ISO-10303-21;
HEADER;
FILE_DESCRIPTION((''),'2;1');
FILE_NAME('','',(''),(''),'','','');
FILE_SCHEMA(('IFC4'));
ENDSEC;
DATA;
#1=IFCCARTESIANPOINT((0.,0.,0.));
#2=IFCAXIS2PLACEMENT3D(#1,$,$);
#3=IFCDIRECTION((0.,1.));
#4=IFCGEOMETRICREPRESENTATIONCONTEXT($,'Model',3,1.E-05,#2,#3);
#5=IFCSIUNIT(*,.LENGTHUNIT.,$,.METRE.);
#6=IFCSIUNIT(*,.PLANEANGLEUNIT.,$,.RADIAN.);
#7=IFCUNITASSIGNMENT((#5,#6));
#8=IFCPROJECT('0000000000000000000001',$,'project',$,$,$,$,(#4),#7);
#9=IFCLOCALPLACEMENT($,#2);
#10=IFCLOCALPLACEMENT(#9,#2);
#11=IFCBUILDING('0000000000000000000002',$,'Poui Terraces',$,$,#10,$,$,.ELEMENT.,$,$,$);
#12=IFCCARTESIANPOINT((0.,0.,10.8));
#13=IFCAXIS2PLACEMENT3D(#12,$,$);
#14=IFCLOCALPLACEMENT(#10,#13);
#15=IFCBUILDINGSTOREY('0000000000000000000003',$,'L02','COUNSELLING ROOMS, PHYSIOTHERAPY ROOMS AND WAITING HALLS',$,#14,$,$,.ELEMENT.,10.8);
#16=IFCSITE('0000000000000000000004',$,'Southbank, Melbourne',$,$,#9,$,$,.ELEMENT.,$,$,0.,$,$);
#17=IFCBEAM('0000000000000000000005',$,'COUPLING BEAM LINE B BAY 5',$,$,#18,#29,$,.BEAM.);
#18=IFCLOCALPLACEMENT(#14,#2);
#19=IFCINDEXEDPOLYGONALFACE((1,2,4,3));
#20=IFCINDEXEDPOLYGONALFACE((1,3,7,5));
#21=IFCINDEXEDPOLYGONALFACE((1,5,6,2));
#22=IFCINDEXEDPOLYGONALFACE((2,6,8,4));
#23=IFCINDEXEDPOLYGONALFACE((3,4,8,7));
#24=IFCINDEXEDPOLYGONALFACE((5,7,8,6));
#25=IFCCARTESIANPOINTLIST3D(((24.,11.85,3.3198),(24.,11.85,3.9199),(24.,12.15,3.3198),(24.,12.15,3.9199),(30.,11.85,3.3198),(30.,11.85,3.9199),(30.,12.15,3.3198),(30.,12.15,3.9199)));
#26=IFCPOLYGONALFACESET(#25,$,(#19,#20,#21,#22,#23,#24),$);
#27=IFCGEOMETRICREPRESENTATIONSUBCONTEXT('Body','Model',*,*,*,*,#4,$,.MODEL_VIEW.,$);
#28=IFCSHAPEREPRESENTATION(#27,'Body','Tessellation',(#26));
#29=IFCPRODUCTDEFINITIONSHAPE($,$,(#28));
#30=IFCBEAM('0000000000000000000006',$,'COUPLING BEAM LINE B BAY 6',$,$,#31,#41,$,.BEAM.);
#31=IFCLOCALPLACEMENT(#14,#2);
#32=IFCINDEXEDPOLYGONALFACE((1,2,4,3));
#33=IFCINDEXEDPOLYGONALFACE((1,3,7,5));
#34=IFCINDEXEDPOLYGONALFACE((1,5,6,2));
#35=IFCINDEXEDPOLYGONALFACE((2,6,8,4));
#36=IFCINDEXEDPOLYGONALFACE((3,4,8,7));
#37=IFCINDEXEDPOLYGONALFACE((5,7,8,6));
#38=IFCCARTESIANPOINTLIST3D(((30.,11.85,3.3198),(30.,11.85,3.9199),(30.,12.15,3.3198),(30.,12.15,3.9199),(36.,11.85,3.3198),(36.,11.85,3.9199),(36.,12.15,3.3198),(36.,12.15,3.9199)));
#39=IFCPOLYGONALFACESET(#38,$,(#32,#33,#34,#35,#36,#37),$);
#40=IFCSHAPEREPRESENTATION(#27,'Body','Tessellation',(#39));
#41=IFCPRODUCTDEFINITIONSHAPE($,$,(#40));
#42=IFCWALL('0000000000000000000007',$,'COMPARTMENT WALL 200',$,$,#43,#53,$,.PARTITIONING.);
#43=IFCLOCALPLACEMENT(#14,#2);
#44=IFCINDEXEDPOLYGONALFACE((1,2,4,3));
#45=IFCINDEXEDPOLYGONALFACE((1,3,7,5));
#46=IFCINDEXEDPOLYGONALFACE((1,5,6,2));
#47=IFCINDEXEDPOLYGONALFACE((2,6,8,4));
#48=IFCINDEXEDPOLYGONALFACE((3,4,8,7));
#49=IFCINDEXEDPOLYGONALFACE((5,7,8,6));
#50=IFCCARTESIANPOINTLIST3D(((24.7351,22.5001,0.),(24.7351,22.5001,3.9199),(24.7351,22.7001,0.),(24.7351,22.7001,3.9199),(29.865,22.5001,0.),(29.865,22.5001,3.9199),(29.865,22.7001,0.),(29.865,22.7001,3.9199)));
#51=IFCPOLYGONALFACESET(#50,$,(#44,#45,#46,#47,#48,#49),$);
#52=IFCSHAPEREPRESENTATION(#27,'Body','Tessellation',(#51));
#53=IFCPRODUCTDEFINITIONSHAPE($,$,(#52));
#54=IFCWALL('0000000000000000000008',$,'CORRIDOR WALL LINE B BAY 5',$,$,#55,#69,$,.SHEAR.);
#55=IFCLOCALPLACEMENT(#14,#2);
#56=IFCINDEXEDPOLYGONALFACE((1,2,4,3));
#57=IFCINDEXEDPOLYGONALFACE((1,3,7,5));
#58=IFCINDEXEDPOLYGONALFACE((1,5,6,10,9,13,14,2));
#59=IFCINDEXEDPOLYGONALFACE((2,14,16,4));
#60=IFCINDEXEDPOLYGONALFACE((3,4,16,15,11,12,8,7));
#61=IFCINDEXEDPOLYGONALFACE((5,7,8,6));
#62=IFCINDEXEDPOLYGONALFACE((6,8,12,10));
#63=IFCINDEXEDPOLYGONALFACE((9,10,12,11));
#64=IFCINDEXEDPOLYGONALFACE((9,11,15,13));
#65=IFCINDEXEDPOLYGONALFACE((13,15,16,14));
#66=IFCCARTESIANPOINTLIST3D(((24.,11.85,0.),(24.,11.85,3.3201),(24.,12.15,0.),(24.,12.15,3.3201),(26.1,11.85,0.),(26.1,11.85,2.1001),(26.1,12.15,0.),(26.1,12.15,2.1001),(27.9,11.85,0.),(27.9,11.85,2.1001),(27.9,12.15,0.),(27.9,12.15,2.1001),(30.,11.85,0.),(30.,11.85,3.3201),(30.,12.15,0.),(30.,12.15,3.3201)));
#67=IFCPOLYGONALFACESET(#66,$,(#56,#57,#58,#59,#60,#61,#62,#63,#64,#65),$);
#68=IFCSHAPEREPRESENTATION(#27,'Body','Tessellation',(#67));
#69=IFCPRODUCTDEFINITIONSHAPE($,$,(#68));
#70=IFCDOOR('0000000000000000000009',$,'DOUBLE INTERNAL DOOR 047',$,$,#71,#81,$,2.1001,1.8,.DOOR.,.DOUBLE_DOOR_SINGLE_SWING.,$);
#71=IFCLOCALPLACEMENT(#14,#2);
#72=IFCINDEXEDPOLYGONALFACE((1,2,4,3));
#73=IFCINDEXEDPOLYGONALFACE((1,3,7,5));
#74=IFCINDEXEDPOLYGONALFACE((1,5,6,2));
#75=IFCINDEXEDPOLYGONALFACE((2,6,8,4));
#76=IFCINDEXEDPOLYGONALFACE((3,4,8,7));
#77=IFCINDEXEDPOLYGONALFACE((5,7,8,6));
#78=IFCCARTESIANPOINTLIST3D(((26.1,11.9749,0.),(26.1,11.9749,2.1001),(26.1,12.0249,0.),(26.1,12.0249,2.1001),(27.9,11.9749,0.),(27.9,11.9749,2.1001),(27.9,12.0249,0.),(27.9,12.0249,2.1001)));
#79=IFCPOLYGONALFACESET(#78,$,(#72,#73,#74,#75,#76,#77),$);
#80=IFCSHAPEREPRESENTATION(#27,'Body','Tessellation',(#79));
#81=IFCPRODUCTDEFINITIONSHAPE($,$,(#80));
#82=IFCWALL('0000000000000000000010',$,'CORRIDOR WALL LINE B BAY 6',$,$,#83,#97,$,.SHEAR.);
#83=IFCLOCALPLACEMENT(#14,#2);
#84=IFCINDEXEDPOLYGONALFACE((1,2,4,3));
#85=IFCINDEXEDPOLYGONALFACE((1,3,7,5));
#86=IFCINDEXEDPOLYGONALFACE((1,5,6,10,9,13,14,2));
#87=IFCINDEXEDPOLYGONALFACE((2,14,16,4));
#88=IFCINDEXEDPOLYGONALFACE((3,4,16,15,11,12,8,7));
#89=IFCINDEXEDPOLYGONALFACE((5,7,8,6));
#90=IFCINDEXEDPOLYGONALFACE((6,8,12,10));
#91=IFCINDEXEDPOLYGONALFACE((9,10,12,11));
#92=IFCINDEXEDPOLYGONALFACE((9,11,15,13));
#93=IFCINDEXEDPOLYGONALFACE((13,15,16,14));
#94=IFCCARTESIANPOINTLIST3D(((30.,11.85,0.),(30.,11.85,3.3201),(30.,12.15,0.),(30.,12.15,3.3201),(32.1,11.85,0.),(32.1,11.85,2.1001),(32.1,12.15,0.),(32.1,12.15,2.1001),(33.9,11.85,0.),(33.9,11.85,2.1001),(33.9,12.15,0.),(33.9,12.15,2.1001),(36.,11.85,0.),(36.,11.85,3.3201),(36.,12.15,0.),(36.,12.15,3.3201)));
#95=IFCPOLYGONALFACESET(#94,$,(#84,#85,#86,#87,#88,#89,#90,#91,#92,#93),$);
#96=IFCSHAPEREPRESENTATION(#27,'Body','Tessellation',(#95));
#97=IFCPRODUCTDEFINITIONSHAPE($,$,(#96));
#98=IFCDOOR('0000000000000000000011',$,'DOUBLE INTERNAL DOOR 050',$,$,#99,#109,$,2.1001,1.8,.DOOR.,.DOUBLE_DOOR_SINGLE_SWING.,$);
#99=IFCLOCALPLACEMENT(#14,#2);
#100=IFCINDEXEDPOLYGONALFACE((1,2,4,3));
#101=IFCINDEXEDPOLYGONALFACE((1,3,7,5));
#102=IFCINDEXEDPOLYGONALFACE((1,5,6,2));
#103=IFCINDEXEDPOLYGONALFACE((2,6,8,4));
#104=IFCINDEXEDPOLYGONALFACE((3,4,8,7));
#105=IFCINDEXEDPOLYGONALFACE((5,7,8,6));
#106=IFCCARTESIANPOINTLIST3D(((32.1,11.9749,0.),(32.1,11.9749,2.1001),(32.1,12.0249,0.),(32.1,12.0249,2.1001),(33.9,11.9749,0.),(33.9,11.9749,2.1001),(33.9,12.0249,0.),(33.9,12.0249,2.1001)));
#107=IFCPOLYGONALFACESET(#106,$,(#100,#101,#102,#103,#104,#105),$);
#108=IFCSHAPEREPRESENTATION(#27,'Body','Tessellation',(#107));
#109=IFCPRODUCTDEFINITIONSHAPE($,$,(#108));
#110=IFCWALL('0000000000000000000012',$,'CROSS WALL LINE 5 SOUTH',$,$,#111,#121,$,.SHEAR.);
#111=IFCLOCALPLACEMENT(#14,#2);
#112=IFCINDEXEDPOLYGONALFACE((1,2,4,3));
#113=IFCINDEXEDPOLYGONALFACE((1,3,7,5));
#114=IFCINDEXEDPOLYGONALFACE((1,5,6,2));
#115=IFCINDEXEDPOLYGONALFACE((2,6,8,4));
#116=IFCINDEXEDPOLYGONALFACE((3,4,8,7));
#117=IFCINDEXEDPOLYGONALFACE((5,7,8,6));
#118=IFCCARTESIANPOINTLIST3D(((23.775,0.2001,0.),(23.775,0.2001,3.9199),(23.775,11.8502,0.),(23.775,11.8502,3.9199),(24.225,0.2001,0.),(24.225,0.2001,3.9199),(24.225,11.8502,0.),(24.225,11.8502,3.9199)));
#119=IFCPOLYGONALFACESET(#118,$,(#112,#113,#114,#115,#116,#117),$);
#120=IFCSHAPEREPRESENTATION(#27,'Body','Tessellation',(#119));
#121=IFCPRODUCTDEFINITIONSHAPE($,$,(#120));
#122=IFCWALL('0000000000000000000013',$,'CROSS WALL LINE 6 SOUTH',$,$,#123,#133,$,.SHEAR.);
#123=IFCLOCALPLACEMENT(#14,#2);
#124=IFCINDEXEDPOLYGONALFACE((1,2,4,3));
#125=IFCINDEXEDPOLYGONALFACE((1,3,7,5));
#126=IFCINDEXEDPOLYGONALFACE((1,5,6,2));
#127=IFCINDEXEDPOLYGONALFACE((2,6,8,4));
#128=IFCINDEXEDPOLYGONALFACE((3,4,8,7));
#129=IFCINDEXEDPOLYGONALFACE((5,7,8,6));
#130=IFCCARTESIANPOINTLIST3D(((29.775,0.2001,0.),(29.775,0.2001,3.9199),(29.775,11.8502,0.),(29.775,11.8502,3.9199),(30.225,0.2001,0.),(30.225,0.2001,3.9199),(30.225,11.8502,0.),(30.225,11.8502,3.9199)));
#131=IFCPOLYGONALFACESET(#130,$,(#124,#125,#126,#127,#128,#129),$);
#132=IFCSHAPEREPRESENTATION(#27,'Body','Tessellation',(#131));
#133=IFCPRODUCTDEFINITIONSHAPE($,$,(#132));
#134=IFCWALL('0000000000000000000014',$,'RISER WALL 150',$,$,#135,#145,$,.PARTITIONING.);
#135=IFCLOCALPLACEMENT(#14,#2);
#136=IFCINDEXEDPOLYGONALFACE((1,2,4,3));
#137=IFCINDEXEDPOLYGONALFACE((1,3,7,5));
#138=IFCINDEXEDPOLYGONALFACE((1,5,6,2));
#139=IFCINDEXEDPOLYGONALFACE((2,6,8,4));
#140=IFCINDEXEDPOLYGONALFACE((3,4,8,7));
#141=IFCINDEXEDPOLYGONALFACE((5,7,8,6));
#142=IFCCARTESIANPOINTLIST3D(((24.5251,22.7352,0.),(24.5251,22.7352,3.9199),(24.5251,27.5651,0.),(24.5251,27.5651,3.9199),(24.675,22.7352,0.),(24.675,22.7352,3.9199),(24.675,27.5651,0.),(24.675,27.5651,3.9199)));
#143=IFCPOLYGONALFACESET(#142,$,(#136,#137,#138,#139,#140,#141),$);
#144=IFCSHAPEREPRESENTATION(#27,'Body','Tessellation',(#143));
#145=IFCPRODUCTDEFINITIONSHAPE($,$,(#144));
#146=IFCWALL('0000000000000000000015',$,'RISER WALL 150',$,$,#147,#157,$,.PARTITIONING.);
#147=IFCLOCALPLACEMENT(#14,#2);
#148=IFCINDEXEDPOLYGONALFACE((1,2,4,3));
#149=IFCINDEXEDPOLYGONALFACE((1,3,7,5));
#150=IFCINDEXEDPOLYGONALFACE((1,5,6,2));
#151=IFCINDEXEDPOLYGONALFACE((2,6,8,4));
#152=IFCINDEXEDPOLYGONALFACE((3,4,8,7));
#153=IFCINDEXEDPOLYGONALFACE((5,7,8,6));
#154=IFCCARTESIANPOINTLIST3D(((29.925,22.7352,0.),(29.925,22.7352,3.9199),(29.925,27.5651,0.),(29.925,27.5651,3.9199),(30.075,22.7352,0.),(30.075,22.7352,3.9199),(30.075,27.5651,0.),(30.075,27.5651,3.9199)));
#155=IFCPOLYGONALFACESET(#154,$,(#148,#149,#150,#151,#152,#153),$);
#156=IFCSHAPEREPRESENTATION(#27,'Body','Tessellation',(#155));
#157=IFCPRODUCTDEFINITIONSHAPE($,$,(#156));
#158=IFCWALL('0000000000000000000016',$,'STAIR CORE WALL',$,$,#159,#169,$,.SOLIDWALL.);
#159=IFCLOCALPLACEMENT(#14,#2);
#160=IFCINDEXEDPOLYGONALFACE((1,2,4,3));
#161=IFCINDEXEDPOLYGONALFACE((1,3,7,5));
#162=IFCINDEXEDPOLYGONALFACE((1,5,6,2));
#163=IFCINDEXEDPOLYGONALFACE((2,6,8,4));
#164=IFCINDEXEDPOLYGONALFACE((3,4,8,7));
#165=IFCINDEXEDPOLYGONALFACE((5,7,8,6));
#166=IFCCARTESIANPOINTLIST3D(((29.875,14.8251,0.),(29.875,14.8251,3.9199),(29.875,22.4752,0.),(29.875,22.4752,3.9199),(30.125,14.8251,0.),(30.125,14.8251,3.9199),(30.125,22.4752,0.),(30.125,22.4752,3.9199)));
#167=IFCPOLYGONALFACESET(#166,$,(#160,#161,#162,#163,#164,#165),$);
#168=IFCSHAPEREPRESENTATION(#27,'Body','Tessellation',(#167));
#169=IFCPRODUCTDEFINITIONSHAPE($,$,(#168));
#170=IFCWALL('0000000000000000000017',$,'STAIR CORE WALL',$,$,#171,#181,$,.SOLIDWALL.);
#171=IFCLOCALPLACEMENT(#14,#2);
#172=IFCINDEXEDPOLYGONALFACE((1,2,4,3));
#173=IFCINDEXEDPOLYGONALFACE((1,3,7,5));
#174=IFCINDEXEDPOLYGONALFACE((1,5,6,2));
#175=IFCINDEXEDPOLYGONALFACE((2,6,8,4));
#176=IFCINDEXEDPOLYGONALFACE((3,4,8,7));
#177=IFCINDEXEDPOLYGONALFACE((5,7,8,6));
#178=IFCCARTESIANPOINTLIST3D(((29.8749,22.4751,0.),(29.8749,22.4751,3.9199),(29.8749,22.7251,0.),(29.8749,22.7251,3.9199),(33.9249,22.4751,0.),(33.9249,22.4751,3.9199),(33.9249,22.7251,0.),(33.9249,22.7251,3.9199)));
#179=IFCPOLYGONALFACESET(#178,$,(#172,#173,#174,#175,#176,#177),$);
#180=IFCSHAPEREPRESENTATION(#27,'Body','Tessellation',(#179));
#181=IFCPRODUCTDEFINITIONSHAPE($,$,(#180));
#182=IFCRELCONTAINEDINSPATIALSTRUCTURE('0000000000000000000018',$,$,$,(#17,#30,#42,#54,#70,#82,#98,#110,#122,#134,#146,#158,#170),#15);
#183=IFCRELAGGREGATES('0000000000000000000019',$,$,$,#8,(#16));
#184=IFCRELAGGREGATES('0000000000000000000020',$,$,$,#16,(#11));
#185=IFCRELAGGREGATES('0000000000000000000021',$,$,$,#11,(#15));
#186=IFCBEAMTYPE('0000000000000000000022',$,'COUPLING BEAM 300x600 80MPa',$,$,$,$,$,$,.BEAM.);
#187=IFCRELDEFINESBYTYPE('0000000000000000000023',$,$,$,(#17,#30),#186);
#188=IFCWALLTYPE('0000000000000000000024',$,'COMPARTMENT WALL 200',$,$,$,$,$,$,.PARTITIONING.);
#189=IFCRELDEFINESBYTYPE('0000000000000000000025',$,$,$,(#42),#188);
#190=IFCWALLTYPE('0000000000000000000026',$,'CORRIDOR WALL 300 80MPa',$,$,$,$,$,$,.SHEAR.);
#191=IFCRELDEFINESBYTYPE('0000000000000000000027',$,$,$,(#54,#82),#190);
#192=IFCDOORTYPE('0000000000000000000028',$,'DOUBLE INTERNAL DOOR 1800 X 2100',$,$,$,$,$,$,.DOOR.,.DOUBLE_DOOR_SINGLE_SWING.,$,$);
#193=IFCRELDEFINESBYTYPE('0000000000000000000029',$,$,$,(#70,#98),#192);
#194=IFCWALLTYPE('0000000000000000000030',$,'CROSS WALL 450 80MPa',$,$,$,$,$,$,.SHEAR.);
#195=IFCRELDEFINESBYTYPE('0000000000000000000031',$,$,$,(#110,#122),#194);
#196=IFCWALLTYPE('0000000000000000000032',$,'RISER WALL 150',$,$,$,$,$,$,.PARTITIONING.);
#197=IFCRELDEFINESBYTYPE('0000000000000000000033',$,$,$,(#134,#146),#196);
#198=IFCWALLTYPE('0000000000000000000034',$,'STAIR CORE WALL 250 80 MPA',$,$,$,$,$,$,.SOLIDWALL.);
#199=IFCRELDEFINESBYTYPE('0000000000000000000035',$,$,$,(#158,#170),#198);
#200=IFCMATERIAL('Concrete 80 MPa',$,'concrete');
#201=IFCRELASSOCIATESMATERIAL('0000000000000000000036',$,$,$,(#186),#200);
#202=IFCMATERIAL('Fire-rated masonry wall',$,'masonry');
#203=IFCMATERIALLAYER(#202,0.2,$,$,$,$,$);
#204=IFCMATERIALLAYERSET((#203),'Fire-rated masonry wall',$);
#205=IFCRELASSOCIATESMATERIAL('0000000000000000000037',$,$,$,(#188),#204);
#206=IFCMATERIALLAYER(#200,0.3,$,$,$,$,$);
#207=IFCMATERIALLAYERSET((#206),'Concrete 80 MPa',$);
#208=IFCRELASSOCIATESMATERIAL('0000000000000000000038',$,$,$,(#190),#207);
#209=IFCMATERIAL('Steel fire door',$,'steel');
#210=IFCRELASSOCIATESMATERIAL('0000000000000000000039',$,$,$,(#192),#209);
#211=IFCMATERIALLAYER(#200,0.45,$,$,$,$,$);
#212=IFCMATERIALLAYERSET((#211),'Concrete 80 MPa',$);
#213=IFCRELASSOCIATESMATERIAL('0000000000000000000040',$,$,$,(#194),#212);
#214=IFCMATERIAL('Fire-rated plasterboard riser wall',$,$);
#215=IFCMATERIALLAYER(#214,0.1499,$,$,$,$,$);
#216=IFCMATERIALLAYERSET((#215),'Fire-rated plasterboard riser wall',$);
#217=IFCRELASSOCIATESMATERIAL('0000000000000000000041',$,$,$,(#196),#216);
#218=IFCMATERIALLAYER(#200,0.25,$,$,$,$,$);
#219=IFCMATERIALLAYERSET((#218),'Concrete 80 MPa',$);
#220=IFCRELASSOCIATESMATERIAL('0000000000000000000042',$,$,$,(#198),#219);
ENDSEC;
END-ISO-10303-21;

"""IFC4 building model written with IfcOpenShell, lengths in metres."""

from ifc_helpers import new_model, si_unit, direction, frame, frame_2d, origin, origin_2d, place, context, subcontext, project, spatial, rectangle, extrude, source, transform, mapped, material, layer, layer_set, material_profile, profile_set, type_object, element, fill, save


model = new_model("IFC4")

# Units and contexts
model_context = context("Model", 3, precision=1e-05, world=origin(), true_north=direction((0.0, 1.0)))
body_context = subcontext(model_context, "Body", "Model", "MODEL_VIEW")
ifc_project = project(units=[si_unit("LENGTHUNIT", "METRE"), si_unit("PLANEANGLEUNIT", "RADIAN")], contexts=[model_context])

# Site, building, storey
site_placement = place(None, origin())
site = spatial("IfcSite", under=ifc_project, at=site_placement, Name="Southbank, Melbourne", CompositionType="ELEMENT", RefElevation=0.0)
building_placement = place(site_placement, origin())
building = spatial("IfcBuilding", under=site, at=building_placement, Name="Poui Terraces", CompositionType="ELEMENT")
storey_placement = place(building_placement, frame((0.0, 0.0, 10.8)))
storey = spatial("IfcBuildingStorey", under=building, at=storey_placement, Name="L02", Description="COUNSELLING ROOMS, PHYSIOTHERAPY ROOMS AND WAITING HALLS", CompositionType="ELEMENT", Elevation=10.8)

# Beams
ifc_material_1 = material(Name="Concrete 80 MPa", Category="concrete")
ifc_material_profile = material_profile(ifc_material_1, rectangle(XDim=0.3, YDim=0.6001, at=origin_2d()), Name="RC 300x600")
ifc_profile_set = profile_set([ifc_material_profile], Name="Concrete 80 MPa")
beam_type = type_object("IfcBeamType", Name="COUPLING BEAM 300x600 80MPa", PredefinedType="BEAM", material=ifc_profile_set)
shared_shape = source(origin(), body_context, "Body", "SweptSolid", [
    extrude(rectangle(XDim=0.3, YDim=0.6001, at=origin_2d()), origin(), (0.0, 0.0, 1.0), 6.0),
])
for number, where, z_axis, x_axis, name in (
    (1, (24.0, 12.0, 3.6199), (1.0, 0.0, 0.0), (0.0, 1.0, 0.0), "COUPLING BEAM LINE B BAY 5"),
    (2, (30.0, 12.0, 3.6199), (1.0, 0.0, 0.0), (0.0, 1.0, 0.0), "COUPLING BEAM LINE B BAY 6"),
):
    element("IfcBeam", number, at=place(storey_placement, frame(where, z_axis=z_axis, x_axis=x_axis)), inside=storey, type_object=beam_type, Name=name, PredefinedType="BEAM", context=body_context, shape_type="MappedRepresentation", body=[
        mapped(shared_shape, transform((0.0, 0.0, 0.0))),
    ])

# Wall
ifc_material_2 = material(Name="Fire-rated masonry wall", Category="masonry")
ifc_layer_1 = layer(ifc_material_2, 0.2)
ifc_layer_set_1 = layer_set([ifc_layer_1], Name="Fire-rated masonry wall")
wall_type_1 = type_object("IfcWallType", Name="COMPARTMENT WALL 200", PredefinedType="PARTITIONING", material=ifc_layer_set_1)
wall_1_placement = place(storey_placement, frame((24.7351, 22.6001, 0.0), z_axis=(0.0, 0.0, 1.0), x_axis=(1.0, 0.0, 0.0)))
element("IfcWall", 3, at=wall_1_placement, inside=storey, type_object=wall_type_1, Name="COMPARTMENT WALL 200", PredefinedType="PARTITIONING", context=body_context, shape_type="SweptSolid", body=[
    extrude(rectangle(XDim=5.1299, YDim=0.2, at=frame_2d((2.5649, 0.0))), origin(), (0.0, 0.0, 1.0), 3.9199),
])

# Walls, openings, doors
ifc_layer_2 = layer(ifc_material_1, 0.3)
ifc_layer_set_2 = layer_set([ifc_layer_2], Name="Concrete 80 MPa")
wall_type_2 = type_object("IfcWallType", Name="CORRIDOR WALL 300 80MPa", PredefinedType="SHEAR", material=ifc_layer_set_2)
wall_2_placement = place(storey_placement, frame((24.0, 12.0, 0.0), z_axis=(0.0, 0.0, 1.0), x_axis=(1.0, 0.0, 0.0)))
wall_2 = element("IfcWall", 4, at=wall_2_placement, inside=storey, type_object=wall_type_2, Name="CORRIDOR WALL LINE B BAY 5", PredefinedType="SHEAR", context=body_context, shape_type="SweptSolid", body=[
    extrude(rectangle(XDim=6.0, YDim=0.3, at=frame_2d((3.0, 0.0))), origin(), (0.0, 0.0, 1.0), 3.3201),
])
opening_1_placement = place(wall_2_placement, frame((2.1001, 0.0, 0.0)))
opening_1 = element("IfcOpeningElement", 5, at=opening_1_placement, cuts=wall_2, PredefinedType="OPENING", context=body_context, shape_type="SweptSolid", body=[
    extrude(rectangle(XDim=1.8, YDim=2.1001, at=frame_2d((0.8999, 1.05))), frame((0.0, 0.1602, 0.0), z_axis=(0.0, -1.0, 0.0), x_axis=(1.0, 0.0, 0.0)), (0.0, 0.0, 1.0), 0.3201),
])
ifc_material_3 = material(Name="Steel fire door", Category="steel")
door_type = type_object("IfcDoorType", Name="DOUBLE INTERNAL DOOR 1800 X 2100", OperationType="DOUBLE_DOOR_SINGLE_SWING", PredefinedType="DOOR", material=ifc_material_3)
door_1_placement = place(opening_1_placement, origin())
door_1 = element("IfcDoor", 6, at=door_1_placement, inside=storey, type_object=door_type, Name="DOUBLE INTERNAL DOOR 047", OperationType="DOUBLE_DOOR_SINGLE_SWING", OverallHeight=2.1001, OverallWidth=1.8, PredefinedType="DOOR", context=body_context, shape_type="SweptSolid", body=[
    extrude(rectangle(XDim=1.8, YDim=2.1001, at=frame_2d((0.8999, 1.05))), frame((0.0, 0.0249, 0.0), z_axis=(0.0, -1.0, 0.0), x_axis=(1.0, 0.0, 0.0)), (0.0, 0.0, 1.0), 0.05),
])
fill(opening_1, door_1)
wall_3_placement = place(storey_placement, frame((30.0, 12.0, 0.0), z_axis=(0.0, 0.0, 1.0), x_axis=(1.0, 0.0, 0.0)))
wall_3 = element("IfcWall", 7, at=wall_3_placement, inside=storey, type_object=wall_type_2, Name="CORRIDOR WALL LINE B BAY 6", PredefinedType="SHEAR", context=body_context, shape_type="SweptSolid", body=[
    extrude(rectangle(XDim=6.0, YDim=0.3, at=frame_2d((3.0, 0.0))), origin(), (0.0, 0.0, 1.0), 3.3201),
])
opening_2_placement = place(wall_3_placement, frame((2.1001, 0.0, 0.0)))
opening_2 = element("IfcOpeningElement", 8, at=opening_2_placement, cuts=wall_3, PredefinedType="OPENING", context=body_context, shape_type="SweptSolid", body=[
    extrude(rectangle(XDim=1.8, YDim=2.1001, at=frame_2d((0.8999, 1.05))), frame((0.0, 0.1602, 0.0), z_axis=(0.0, -1.0, 0.0), x_axis=(1.0, 0.0, 0.0)), (0.0, 0.0, 1.0), 0.3201),
])
door_2_placement = place(opening_2_placement, origin())
door_2 = element("IfcDoor", 9, at=door_2_placement, inside=storey, type_object=door_type, Name="DOUBLE INTERNAL DOOR 050", OperationType="DOUBLE_DOOR_SINGLE_SWING", OverallHeight=2.1001, OverallWidth=1.8, PredefinedType="DOOR", context=body_context, shape_type="SweptSolid", body=[
    extrude(rectangle(XDim=1.8, YDim=2.1001, at=frame_2d((0.8999, 1.05))), frame((0.0, 0.0249, 0.0), z_axis=(0.0, -1.0, 0.0), x_axis=(1.0, 0.0, 0.0)), (0.0, 0.0, 1.0), 0.05),
])
fill(opening_2, door_2)

# Walls
ifc_layer_3 = layer(ifc_material_1, 0.45)
ifc_layer_set_3 = layer_set([ifc_layer_3], Name="Concrete 80 MPa")
wall_type_3 = type_object("IfcWallType", Name="CROSS WALL 450 80MPa", PredefinedType="SHEAR", material=ifc_layer_set_3)
for number, where, z_axis, x_axis, name in (
    (10, (24.0, 0.2, 0.0), (0.0, 0.0, 1.0), (0.0, 1.0, 0.0), "CROSS WALL LINE 5 SOUTH"),
    (11, (30.0, 0.2, 0.0), (0.0, 0.0, 1.0), (0.0, 1.0, 0.0), "CROSS WALL LINE 6 SOUTH"),
):
    element("IfcWall", number, at=place(storey_placement, frame(where, z_axis=z_axis, x_axis=x_axis)), inside=storey, type_object=wall_type_3, Name=name, PredefinedType="SHEAR", context=body_context, shape_type="SweptSolid", body=[
        extrude(rectangle(XDim=11.6501, YDim=0.45, at=frame_2d((5.8252, 0.0))), origin(), (0.0, 0.0, 1.0), 3.9199),
    ])
ifc_material_4 = material(Name="Fire-rated plasterboard riser wall")
ifc_layer_4 = layer(ifc_material_4, 0.1499)
ifc_layer_set_4 = layer_set([ifc_layer_4], Name="Fire-rated plasterboard riser wall")
wall_type_4 = type_object("IfcWallType", Name="RISER WALL 150", PredefinedType="PARTITIONING", material=ifc_layer_set_4)
for number, where, z_axis, x_axis, name in (
    (12, (24.6001, 22.7351, 0.0), (0.0, 0.0, 1.0), (0.0, 1.0, 0.0), "RISER WALL 150"),
    (13, (30.0, 22.7351, 0.0), (0.0, 0.0, 1.0), (0.0, 1.0, 0.0), "RISER WALL 150"),
):
    element("IfcWall", number, at=place(storey_placement, frame(where, z_axis=z_axis, x_axis=x_axis)), inside=storey, type_object=wall_type_4, Name=name, PredefinedType="PARTITIONING", context=body_context, shape_type="SweptSolid", body=[
        extrude(rectangle(XDim=4.8298, YDim=0.1499, at=frame_2d((2.415, 0.0))), origin(), (0.0, 0.0, 1.0), 3.9199),
    ])
ifc_layer_5 = layer(ifc_material_1, 0.25)
ifc_layer_set_5 = layer_set([ifc_layer_5], Name="Concrete 80 MPa")
wall_type_5 = type_object("IfcWallType", Name="STAIR CORE WALL 250 80 MPA", PredefinedType="SOLIDWALL", material=ifc_layer_set_5)
wall_4_placement = place(storey_placement, frame((30.0, 14.825, 0.0), z_axis=(0.0, 0.0, 1.0), x_axis=(0.0, 1.0, 0.0)))
element("IfcWall", 14, at=wall_4_placement, inside=storey, type_object=wall_type_5, Name="STAIR CORE WALL", PredefinedType="SOLIDWALL", context=body_context, shape_type="SweptSolid", body=[
    extrude(rectangle(XDim=7.6501, YDim=0.25, at=frame_2d((3.8252, 0.0))), origin(), (0.0, 0.0, 1.0), 3.9199),
])
wall_5_placement = place(storey_placement, frame((29.875, 22.6001, 0.0), z_axis=(0.0, 0.0, 1.0), x_axis=(1.0, 0.0, 0.0)))
element("IfcWall", 15, at=wall_5_placement, inside=storey, type_object=wall_type_5, Name="STAIR CORE WALL", PredefinedType="SOLIDWALL", context=body_context, shape_type="SweptSolid", body=[
    extrude(rectangle(XDim=4.05, YDim=0.25, at=frame_2d((2.0249, 0.0))), origin(), (0.0, 0.0, 1.0), 3.9199),
])

save(model, "model.ifc")
